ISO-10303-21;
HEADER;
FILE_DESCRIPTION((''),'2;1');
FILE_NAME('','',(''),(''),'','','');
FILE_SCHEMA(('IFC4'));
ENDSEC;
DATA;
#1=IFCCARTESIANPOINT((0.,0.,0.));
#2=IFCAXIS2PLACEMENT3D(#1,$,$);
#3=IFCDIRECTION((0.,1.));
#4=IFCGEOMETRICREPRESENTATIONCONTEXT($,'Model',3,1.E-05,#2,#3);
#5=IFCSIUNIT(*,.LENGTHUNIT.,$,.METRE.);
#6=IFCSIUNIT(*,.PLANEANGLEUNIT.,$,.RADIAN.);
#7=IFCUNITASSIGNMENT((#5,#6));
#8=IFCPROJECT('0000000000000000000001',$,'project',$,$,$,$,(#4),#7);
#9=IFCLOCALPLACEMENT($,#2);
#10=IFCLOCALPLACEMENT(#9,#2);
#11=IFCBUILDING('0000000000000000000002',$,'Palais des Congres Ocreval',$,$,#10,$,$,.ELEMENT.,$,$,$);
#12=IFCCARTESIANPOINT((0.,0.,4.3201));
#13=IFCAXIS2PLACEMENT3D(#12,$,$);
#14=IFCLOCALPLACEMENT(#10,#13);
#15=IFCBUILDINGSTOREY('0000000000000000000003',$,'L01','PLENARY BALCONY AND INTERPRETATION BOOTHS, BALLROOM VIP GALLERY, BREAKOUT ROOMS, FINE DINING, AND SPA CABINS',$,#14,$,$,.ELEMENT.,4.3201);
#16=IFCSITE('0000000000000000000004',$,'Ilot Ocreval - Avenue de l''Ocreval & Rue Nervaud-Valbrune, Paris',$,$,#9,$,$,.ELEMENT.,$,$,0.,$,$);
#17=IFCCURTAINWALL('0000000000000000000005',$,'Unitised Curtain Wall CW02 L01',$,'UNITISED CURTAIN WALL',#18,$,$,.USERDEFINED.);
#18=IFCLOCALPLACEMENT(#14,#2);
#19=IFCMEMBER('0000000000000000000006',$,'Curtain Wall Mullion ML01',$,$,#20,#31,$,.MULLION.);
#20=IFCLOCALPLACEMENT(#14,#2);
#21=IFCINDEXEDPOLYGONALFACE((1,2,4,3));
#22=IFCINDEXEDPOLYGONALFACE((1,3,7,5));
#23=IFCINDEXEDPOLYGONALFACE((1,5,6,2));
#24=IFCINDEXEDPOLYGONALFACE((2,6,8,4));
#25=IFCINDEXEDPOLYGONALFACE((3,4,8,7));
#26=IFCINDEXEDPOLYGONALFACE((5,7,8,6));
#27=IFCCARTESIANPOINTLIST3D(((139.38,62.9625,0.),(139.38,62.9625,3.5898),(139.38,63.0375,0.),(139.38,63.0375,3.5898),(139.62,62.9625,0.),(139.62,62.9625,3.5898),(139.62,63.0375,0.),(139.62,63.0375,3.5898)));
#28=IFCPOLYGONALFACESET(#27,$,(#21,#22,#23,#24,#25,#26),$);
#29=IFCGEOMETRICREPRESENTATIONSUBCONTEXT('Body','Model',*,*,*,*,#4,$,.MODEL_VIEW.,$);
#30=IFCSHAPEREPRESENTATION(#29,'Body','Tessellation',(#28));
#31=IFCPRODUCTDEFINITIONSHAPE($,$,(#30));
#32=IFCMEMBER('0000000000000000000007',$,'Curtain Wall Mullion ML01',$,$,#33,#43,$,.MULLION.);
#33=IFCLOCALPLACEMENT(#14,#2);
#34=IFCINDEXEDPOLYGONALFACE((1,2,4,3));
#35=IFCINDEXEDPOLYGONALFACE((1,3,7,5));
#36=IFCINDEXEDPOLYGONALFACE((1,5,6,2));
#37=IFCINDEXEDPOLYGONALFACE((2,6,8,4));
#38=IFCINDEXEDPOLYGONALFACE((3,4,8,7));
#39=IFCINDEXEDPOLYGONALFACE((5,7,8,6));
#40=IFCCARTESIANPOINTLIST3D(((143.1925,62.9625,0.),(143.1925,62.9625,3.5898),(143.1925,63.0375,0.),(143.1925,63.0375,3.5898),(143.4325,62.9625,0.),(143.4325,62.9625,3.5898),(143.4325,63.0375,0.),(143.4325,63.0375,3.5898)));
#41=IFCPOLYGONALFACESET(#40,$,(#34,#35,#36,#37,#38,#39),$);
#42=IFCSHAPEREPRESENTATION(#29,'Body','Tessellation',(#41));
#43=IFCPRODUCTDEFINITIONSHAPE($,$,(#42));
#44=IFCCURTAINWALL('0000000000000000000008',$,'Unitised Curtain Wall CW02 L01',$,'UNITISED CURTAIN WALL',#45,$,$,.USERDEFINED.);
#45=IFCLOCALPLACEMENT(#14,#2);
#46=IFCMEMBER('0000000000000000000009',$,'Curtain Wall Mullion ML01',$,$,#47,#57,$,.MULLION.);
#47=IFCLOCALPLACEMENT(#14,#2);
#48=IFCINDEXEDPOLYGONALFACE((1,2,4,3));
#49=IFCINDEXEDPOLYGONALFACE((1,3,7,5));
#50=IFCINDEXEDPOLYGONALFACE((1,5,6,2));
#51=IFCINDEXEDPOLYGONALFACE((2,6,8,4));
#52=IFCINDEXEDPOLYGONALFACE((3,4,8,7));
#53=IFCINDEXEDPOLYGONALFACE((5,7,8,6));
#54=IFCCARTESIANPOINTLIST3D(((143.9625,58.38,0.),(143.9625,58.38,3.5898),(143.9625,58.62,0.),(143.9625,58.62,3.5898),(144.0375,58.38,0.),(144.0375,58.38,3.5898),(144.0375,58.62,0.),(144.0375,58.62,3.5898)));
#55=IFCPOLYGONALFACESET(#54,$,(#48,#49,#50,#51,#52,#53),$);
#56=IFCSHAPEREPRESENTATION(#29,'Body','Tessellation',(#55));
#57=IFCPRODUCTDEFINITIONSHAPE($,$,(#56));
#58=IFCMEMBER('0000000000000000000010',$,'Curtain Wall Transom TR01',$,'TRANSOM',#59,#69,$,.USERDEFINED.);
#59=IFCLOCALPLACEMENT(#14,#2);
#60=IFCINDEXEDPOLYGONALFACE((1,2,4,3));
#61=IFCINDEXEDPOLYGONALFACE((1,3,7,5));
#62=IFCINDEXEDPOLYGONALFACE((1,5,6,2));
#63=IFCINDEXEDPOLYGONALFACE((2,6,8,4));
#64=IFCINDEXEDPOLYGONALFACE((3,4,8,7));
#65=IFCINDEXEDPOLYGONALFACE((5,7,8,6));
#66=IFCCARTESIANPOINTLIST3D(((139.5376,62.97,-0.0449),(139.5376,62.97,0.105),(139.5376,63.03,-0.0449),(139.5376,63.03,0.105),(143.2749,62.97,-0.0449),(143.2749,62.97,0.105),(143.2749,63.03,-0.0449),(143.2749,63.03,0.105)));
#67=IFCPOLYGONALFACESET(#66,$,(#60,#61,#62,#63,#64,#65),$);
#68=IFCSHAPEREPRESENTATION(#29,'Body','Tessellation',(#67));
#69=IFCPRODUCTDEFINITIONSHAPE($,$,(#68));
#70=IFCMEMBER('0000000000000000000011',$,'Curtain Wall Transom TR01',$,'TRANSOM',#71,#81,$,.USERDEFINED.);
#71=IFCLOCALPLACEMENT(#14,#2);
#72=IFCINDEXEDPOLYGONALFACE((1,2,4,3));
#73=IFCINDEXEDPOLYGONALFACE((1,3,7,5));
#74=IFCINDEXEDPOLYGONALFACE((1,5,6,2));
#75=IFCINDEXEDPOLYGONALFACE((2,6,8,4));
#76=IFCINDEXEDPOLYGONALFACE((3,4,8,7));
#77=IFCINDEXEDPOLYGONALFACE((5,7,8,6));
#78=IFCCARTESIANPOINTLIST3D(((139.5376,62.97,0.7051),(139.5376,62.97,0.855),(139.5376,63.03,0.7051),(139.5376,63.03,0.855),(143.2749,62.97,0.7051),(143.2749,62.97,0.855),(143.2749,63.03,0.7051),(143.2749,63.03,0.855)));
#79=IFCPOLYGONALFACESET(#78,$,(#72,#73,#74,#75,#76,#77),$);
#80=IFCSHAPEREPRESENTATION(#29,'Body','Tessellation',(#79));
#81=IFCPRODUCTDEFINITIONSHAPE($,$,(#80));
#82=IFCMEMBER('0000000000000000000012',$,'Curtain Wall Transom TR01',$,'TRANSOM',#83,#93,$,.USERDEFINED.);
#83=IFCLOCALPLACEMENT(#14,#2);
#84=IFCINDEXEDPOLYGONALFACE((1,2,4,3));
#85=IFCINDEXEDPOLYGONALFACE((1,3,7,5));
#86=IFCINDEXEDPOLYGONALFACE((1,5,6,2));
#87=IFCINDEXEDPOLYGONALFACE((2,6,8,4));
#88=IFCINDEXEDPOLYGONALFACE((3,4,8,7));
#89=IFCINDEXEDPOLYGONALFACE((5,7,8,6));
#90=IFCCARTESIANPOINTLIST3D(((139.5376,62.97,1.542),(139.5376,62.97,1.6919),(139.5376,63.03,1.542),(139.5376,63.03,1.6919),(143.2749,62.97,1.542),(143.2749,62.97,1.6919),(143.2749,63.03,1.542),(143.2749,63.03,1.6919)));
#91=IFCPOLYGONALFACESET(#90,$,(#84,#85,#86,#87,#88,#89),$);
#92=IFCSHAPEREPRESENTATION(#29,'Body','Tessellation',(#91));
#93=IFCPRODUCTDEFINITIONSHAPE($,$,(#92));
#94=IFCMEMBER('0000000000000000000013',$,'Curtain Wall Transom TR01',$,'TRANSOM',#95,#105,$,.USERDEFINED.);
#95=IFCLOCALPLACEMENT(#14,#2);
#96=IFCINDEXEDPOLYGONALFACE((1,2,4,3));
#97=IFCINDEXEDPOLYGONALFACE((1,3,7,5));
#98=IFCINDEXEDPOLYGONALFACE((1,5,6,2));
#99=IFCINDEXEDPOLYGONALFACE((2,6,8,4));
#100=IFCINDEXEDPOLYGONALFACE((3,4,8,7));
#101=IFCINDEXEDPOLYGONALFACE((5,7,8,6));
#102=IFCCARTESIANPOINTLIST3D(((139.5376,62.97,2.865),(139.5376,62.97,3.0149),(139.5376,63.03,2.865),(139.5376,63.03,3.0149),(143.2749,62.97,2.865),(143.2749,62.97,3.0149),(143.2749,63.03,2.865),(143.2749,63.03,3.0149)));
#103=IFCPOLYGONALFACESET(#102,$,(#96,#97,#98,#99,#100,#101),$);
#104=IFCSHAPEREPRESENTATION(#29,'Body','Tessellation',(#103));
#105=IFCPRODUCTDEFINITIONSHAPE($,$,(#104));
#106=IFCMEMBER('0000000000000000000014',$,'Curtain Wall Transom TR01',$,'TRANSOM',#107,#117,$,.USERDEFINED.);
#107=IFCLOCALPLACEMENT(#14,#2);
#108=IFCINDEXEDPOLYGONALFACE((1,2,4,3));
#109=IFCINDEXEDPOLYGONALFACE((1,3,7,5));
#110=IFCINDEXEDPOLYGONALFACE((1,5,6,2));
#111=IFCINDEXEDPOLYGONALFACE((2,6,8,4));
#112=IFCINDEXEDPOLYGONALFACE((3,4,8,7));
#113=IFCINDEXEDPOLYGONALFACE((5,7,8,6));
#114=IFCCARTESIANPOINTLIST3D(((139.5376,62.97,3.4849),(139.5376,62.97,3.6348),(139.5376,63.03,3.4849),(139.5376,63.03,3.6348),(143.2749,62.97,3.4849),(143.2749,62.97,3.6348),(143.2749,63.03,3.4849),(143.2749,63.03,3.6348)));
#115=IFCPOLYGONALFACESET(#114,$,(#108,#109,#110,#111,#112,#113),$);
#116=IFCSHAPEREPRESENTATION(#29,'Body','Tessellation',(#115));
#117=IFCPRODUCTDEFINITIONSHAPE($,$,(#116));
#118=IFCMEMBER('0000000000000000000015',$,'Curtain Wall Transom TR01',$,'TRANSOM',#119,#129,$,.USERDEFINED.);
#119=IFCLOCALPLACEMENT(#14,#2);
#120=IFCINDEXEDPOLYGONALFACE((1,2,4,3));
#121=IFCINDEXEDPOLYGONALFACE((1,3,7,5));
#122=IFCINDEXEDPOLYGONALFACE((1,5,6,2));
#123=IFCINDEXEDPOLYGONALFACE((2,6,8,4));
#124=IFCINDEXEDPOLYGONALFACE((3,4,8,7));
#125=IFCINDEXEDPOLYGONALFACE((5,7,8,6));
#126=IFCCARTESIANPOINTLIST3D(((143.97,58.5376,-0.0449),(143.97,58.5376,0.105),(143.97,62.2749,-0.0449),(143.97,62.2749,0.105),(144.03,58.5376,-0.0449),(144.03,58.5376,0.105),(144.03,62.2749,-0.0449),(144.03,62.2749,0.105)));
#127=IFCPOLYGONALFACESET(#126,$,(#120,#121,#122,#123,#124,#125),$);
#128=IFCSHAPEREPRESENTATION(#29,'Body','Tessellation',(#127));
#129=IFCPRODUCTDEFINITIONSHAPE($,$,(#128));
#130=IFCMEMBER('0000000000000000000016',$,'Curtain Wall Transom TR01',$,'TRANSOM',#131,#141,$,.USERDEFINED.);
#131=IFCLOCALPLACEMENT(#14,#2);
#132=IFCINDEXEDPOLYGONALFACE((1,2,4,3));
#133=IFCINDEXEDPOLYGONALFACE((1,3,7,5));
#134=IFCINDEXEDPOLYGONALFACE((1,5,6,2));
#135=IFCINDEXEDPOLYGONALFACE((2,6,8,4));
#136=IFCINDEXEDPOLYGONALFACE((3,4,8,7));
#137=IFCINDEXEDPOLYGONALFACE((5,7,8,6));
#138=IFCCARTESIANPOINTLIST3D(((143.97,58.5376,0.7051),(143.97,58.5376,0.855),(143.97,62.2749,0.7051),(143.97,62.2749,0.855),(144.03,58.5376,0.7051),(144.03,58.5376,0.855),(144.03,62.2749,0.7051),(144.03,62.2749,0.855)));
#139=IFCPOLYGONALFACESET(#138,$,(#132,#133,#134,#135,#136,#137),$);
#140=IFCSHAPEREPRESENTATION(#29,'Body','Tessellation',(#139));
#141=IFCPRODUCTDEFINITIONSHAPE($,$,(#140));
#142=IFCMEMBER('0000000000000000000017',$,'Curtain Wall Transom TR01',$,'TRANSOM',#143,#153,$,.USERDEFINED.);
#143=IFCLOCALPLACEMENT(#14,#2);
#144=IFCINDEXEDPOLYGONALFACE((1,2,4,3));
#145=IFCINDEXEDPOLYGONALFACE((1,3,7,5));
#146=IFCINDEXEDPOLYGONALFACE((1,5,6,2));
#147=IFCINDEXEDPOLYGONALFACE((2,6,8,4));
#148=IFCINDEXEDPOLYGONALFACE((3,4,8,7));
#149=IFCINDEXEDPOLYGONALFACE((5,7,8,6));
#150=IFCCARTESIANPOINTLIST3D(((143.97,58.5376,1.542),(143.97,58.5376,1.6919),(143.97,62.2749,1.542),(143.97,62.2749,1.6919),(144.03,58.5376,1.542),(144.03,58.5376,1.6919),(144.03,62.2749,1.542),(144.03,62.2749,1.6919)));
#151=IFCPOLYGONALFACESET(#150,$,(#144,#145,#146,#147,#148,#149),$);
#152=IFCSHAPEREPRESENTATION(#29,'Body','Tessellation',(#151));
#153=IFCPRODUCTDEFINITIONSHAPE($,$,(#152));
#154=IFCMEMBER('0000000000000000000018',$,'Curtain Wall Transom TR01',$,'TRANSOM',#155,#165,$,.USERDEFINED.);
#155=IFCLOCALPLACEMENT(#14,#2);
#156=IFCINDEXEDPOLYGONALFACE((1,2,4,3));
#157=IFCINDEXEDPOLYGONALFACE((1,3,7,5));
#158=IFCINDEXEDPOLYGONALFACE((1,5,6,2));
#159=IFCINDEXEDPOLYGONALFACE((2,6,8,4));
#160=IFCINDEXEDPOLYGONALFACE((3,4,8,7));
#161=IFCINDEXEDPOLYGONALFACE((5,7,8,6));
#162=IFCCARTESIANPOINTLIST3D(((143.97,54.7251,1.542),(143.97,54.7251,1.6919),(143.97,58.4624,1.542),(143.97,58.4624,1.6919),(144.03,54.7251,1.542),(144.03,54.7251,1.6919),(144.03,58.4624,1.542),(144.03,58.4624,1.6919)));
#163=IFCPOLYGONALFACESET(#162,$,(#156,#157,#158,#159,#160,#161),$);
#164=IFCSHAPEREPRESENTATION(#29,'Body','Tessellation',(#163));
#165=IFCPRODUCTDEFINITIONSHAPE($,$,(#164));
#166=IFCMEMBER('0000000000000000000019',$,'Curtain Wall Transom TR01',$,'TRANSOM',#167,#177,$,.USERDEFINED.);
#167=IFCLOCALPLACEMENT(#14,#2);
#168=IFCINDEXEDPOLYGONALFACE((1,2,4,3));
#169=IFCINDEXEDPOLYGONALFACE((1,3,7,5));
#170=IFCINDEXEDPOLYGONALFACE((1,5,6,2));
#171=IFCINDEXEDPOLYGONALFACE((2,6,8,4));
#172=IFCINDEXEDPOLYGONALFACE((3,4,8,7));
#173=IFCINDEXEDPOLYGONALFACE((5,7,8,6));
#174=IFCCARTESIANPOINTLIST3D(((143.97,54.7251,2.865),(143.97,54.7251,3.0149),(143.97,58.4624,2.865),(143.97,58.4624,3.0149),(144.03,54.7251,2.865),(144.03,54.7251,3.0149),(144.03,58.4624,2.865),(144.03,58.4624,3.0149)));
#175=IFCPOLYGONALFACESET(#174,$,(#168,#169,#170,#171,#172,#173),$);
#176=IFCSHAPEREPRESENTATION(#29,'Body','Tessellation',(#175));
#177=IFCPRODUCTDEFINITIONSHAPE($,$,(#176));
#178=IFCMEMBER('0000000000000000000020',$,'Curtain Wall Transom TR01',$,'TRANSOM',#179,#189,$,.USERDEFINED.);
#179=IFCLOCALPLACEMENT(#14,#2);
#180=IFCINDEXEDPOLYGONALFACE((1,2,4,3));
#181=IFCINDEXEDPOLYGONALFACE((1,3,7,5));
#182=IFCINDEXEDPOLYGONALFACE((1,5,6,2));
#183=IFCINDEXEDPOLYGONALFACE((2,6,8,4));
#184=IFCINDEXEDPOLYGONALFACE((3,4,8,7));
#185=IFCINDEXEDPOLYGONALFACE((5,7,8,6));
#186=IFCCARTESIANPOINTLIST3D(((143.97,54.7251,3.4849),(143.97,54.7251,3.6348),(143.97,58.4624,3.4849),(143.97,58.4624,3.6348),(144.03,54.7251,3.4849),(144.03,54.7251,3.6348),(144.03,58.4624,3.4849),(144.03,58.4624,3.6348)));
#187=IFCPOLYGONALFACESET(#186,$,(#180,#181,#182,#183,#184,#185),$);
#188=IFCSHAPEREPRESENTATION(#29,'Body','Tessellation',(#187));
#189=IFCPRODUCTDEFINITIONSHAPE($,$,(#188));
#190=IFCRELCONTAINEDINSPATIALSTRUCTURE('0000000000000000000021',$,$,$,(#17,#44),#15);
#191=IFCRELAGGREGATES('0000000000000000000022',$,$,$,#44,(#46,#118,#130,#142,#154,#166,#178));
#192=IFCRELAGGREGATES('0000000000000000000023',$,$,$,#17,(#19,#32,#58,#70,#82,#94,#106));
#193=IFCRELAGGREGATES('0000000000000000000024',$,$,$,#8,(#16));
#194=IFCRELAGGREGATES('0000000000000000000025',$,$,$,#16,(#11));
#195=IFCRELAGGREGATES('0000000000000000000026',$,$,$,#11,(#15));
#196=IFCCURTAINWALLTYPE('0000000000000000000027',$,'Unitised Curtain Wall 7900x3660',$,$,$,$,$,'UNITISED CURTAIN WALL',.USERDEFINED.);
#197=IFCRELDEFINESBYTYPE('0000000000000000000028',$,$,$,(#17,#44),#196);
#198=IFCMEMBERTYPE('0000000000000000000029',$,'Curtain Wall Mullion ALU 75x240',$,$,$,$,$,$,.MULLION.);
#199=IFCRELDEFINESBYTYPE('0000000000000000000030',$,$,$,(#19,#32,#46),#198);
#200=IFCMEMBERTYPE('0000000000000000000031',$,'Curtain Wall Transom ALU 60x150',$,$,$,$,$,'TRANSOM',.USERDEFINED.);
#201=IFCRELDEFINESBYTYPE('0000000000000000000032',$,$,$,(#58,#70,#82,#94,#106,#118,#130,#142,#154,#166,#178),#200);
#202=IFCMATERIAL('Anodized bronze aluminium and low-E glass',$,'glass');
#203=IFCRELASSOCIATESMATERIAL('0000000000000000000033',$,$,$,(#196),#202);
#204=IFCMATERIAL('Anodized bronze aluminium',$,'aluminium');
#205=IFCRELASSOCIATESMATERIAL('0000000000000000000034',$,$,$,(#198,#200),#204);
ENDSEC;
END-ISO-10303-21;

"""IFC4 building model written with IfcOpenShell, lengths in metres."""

from ifc_helpers import new_model, si_unit, direction, frame, origin, origin_2d, place, context, subcontext, project, spatial, rectangle, extrude, material, material_profile, profile_set, type_object, element, aggregate, save


model = new_model("IFC4")

# Units and contexts
model_context = context("Model", 3, precision=1e-05, world=origin(), true_north=direction((0.0, 1.0)))
body_context = subcontext(model_context, "Body", "Model", "MODEL_VIEW")
ifc_project = project(units=[si_unit("LENGTHUNIT", "METRE"), si_unit("PLANEANGLEUNIT", "RADIAN")], contexts=[model_context])

# Site, building, storey
site_placement = place(None, origin())
site = spatial("IfcSite", under=ifc_project, at=site_placement, Name="Ilot Ocreval - Avenue de l'Ocreval & Rue Nervaud-Valbrune, Paris", CompositionType="ELEMENT", RefElevation=0.0)
building_placement = place(site_placement, origin())
building = spatial("IfcBuilding", under=site, at=building_placement, Name="Palais des Congres Ocreval", CompositionType="ELEMENT")
storey_placement = place(building_placement, frame((0.0, 0.0, 4.3201)))
storey = spatial("IfcBuildingStorey", under=building, at=storey_placement, Name="L01", Description="PLENARY BALCONY AND INTERPRETATION BOOTHS, BALLROOM VIP GALLERY, BREAKOUT ROOMS, FINE DINING, AND SPA CABINS", CompositionType="ELEMENT", Elevation=4.3201)

# Curtain wall, members
ifc_material_1 = material(Name="Anodized bronze aluminium and low-E glass", Category="glass")
curtain_wall_type = type_object("IfcCurtainWallType", Name="Unitised Curtain Wall 7900x3660", ElementType="UNITISED CURTAIN WALL", PredefinedType="USERDEFINED", material=ifc_material_1)
curtain_wall_1_placement = place(storey_placement, origin())
curtain_wall_1 = element("IfcCurtainWall", 1, at=curtain_wall_1_placement, inside=storey, type_object=curtain_wall_type, Name="Unitised Curtain Wall CW02 L01", ObjectType="UNITISED CURTAIN WALL", PredefinedType="USERDEFINED")
ifc_material_2 = material(Name="Anodized bronze aluminium", Category="aluminium")
ifc_material_profile_1 = material_profile(ifc_material_2, rectangle(XDim=0.075, YDim=0.24, at=origin_2d()), Name="ALU 75x240")
ifc_profile_set_1 = profile_set([ifc_material_profile_1], Name="Anodized bronze aluminium")
member_type_1 = type_object("IfcMemberType", Name="Curtain Wall Mullion ALU 75x240", PredefinedType="MULLION", material=ifc_profile_set_1)
member_1_placement = place(storey_placement, frame((139.5, 63.0, 0.0), z_axis=(0.0, 0.0, 1.0), x_axis=(0.0, 1.0, 0.0)))
member_1 = element("IfcMember", 2, at=member_1_placement, type_object=member_type_1, Name="Curtain Wall Mullion ML01", PredefinedType="MULLION", context=body_context, shape_type="SweptSolid", body=[
    extrude(rectangle(XDim=0.075, YDim=0.24, at=origin_2d()), origin(), (0.0, 0.0, 1.0), 3.5898),
])
member_2_placement = place(storey_placement, frame((143.3125, 63.0, 0.0), z_axis=(0.0, 0.0, 1.0), x_axis=(0.0, 1.0, 0.0)))
member_2 = element("IfcMember", 3, at=member_2_placement, type_object=member_type_1, Name="Curtain Wall Mullion ML01", PredefinedType="MULLION", context=body_context, shape_type="SweptSolid", body=[
    extrude(rectangle(XDim=0.075, YDim=0.24, at=origin_2d()), origin(), (0.0, 0.0, 1.0), 3.5898),
])

# Curtain wall, member
curtain_wall_2_placement = place(storey_placement, origin())
curtain_wall_2 = element("IfcCurtainWall", 4, at=curtain_wall_2_placement, inside=storey, type_object=curtain_wall_type, Name="Unitised Curtain Wall CW02 L01", ObjectType="UNITISED CURTAIN WALL", PredefinedType="USERDEFINED")
member_3_placement = place(storey_placement, frame((144.0, 58.5, 0.0), z_axis=(0.0, 0.0, 1.0), x_axis=(1.0, 0.0, 0.0)))
member_3 = element("IfcMember", 5, at=member_3_placement, type_object=member_type_1, Name="Curtain Wall Mullion ML01", PredefinedType="MULLION", context=body_context, shape_type="SweptSolid", body=[
    extrude(rectangle(XDim=0.075, YDim=0.24, at=origin_2d()), origin(), (0.0, 0.0, 1.0), 3.5898),
])

# Members
ifc_material_profile_2 = material_profile(ifc_material_2, rectangle(XDim=0.0601, YDim=0.1499, at=origin_2d()), Name="ALU 60x150")
ifc_profile_set_2 = profile_set([ifc_material_profile_2], Name="Anodized bronze aluminium")
member_type_2 = type_object("IfcMemberType", Name="Curtain Wall Transom ALU 60x150", ElementType="TRANSOM", PredefinedType="USERDEFINED", material=ifc_profile_set_2)
member_4_placement = place(storey_placement, frame((139.5376, 63.0, 0.03), z_axis=(1.0, 0.0, 0.0), x_axis=(0.0, 1.0, 0.0)))
member_4 = element("IfcMember", 6, at=member_4_placement, type_object=member_type_2, Name="Curtain Wall Transom TR01", ObjectType="TRANSOM", PredefinedType="USERDEFINED", context=body_context, shape_type="SweptSolid", body=[
    extrude(rectangle(XDim=0.0601, YDim=0.1499, at=origin_2d()), origin(), (0.0, 0.0, 1.0), 3.7373),
])
member_5_placement = place(storey_placement, frame((139.5376, 63.0, 0.78), z_axis=(1.0, 0.0, 0.0), x_axis=(0.0, 1.0, 0.0)))
member_5 = element("IfcMember", 7, at=member_5_placement, type_object=member_type_2, Name="Curtain Wall Transom TR01", ObjectType="TRANSOM", PredefinedType="USERDEFINED", context=body_context, shape_type="SweptSolid", body=[
    extrude(rectangle(XDim=0.0601, YDim=0.1499, at=origin_2d()), origin(), (0.0, 0.0, 1.0), 3.7373),
])
member_6_placement = place(storey_placement, frame((139.5376, 63.0, 1.6169), z_axis=(1.0, 0.0, 0.0), x_axis=(0.0, 1.0, 0.0)))
member_6 = element("IfcMember", 8, at=member_6_placement, type_object=member_type_2, Name="Curtain Wall Transom TR01", ObjectType="TRANSOM", PredefinedType="USERDEFINED", context=body_context, shape_type="SweptSolid", body=[
    extrude(rectangle(XDim=0.0601, YDim=0.1499, at=origin_2d()), origin(), (0.0, 0.0, 1.0), 3.7373),
])
member_7_placement = place(storey_placement, frame((139.5376, 63.0, 2.9399), z_axis=(1.0, 0.0, 0.0), x_axis=(0.0, 1.0, 0.0)))
member_7 = element("IfcMember", 9, at=member_7_placement, type_object=member_type_2, Name="Curtain Wall Transom TR01", ObjectType="TRANSOM", PredefinedType="USERDEFINED", context=body_context, shape_type="SweptSolid", body=[
    extrude(rectangle(XDim=0.0601, YDim=0.1499, at=origin_2d()), origin(), (0.0, 0.0, 1.0), 3.7373),
])
member_8_placement = place(storey_placement, frame((139.5376, 63.0, 3.5598), z_axis=(1.0, 0.0, 0.0), x_axis=(0.0, 1.0, 0.0)))
member_8 = element("IfcMember", 10, at=member_8_placement, type_object=member_type_2, Name="Curtain Wall Transom TR01", ObjectType="TRANSOM", PredefinedType="USERDEFINED", context=body_context, shape_type="SweptSolid", body=[
    extrude(rectangle(XDim=0.0601, YDim=0.1499, at=origin_2d()), origin(), (0.0, 0.0, 1.0), 3.7373),
])
member_9_placement = place(storey_placement, frame((144.0, 62.2749, 0.03), z_axis=(0.0, -1.0, 0.0), x_axis=(1.0, 0.0, 0.0)))
member_9 = element("IfcMember", 11, at=member_9_placement, type_object=member_type_2, Name="Curtain Wall Transom TR01", ObjectType="TRANSOM", PredefinedType="USERDEFINED", context=body_context, shape_type="SweptSolid", body=[
    extrude(rectangle(XDim=0.0601, YDim=0.1499, at=origin_2d()), origin(), (0.0, 0.0, 1.0), 3.7373),
])
member_10_placement = place(storey_placement, frame((144.0, 62.2749, 0.78), z_axis=(0.0, -1.0, 0.0), x_axis=(1.0, 0.0, 0.0)))
member_10 = element("IfcMember", 12, at=member_10_placement, type_object=member_type_2, Name="Curtain Wall Transom TR01", ObjectType="TRANSOM", PredefinedType="USERDEFINED", context=body_context, shape_type="SweptSolid", body=[
    extrude(rectangle(XDim=0.0601, YDim=0.1499, at=origin_2d()), origin(), (0.0, 0.0, 1.0), 3.7373),
])
member_11_placement = place(storey_placement, frame((144.0, 62.2749, 1.6169), z_axis=(0.0, -1.0, 0.0), x_axis=(1.0, 0.0, 0.0)))
member_11 = element("IfcMember", 13, at=member_11_placement, type_object=member_type_2, Name="Curtain Wall Transom TR01", ObjectType="TRANSOM", PredefinedType="USERDEFINED", context=body_context, shape_type="SweptSolid", body=[
    extrude(rectangle(XDim=0.0601, YDim=0.1499, at=origin_2d()), origin(), (0.0, 0.0, 1.0), 3.7373),
])
member_12_placement = place(storey_placement, frame((144.0, 58.4624, 1.6169), z_axis=(0.0, -1.0, 0.0), x_axis=(1.0, 0.0, 0.0)))
member_12 = element("IfcMember", 14, at=member_12_placement, type_object=member_type_2, Name="Curtain Wall Transom TR01", ObjectType="TRANSOM", PredefinedType="USERDEFINED", context=body_context, shape_type="SweptSolid", body=[
    extrude(rectangle(XDim=0.0601, YDim=0.1499, at=origin_2d()), origin(), (0.0, 0.0, 1.0), 3.7373),
])
member_13_placement = place(storey_placement, frame((144.0, 58.4624, 2.9399), z_axis=(0.0, -1.0, 0.0), x_axis=(1.0, 0.0, 0.0)))
member_13 = element("IfcMember", 15, at=member_13_placement, type_object=member_type_2, Name="Curtain Wall Transom TR01", ObjectType="TRANSOM", PredefinedType="USERDEFINED", context=body_context, shape_type="SweptSolid", body=[
    extrude(rectangle(XDim=0.0601, YDim=0.1499, at=origin_2d()), origin(), (0.0, 0.0, 1.0), 3.7373),
])
member_14_placement = place(storey_placement, frame((144.0, 58.4624, 3.5598), z_axis=(0.0, -1.0, 0.0), x_axis=(1.0, 0.0, 0.0)))
member_14 = element("IfcMember", 16, at=member_14_placement, type_object=member_type_2, Name="Curtain Wall Transom TR01", ObjectType="TRANSOM", PredefinedType="USERDEFINED", context=body_context, shape_type="SweptSolid", body=[
    extrude(rectangle(XDim=0.0601, YDim=0.1499, at=origin_2d()), origin(), (0.0, 0.0, 1.0), 3.7373),
])

aggregate(curtain_wall_2, [member_3, member_9, member_10, member_11, member_12, member_13, member_14])
aggregate(curtain_wall_1, [member_1, member_2, member_4, member_5, member_6, member_7, member_8])

save(model, "model.ifc")
